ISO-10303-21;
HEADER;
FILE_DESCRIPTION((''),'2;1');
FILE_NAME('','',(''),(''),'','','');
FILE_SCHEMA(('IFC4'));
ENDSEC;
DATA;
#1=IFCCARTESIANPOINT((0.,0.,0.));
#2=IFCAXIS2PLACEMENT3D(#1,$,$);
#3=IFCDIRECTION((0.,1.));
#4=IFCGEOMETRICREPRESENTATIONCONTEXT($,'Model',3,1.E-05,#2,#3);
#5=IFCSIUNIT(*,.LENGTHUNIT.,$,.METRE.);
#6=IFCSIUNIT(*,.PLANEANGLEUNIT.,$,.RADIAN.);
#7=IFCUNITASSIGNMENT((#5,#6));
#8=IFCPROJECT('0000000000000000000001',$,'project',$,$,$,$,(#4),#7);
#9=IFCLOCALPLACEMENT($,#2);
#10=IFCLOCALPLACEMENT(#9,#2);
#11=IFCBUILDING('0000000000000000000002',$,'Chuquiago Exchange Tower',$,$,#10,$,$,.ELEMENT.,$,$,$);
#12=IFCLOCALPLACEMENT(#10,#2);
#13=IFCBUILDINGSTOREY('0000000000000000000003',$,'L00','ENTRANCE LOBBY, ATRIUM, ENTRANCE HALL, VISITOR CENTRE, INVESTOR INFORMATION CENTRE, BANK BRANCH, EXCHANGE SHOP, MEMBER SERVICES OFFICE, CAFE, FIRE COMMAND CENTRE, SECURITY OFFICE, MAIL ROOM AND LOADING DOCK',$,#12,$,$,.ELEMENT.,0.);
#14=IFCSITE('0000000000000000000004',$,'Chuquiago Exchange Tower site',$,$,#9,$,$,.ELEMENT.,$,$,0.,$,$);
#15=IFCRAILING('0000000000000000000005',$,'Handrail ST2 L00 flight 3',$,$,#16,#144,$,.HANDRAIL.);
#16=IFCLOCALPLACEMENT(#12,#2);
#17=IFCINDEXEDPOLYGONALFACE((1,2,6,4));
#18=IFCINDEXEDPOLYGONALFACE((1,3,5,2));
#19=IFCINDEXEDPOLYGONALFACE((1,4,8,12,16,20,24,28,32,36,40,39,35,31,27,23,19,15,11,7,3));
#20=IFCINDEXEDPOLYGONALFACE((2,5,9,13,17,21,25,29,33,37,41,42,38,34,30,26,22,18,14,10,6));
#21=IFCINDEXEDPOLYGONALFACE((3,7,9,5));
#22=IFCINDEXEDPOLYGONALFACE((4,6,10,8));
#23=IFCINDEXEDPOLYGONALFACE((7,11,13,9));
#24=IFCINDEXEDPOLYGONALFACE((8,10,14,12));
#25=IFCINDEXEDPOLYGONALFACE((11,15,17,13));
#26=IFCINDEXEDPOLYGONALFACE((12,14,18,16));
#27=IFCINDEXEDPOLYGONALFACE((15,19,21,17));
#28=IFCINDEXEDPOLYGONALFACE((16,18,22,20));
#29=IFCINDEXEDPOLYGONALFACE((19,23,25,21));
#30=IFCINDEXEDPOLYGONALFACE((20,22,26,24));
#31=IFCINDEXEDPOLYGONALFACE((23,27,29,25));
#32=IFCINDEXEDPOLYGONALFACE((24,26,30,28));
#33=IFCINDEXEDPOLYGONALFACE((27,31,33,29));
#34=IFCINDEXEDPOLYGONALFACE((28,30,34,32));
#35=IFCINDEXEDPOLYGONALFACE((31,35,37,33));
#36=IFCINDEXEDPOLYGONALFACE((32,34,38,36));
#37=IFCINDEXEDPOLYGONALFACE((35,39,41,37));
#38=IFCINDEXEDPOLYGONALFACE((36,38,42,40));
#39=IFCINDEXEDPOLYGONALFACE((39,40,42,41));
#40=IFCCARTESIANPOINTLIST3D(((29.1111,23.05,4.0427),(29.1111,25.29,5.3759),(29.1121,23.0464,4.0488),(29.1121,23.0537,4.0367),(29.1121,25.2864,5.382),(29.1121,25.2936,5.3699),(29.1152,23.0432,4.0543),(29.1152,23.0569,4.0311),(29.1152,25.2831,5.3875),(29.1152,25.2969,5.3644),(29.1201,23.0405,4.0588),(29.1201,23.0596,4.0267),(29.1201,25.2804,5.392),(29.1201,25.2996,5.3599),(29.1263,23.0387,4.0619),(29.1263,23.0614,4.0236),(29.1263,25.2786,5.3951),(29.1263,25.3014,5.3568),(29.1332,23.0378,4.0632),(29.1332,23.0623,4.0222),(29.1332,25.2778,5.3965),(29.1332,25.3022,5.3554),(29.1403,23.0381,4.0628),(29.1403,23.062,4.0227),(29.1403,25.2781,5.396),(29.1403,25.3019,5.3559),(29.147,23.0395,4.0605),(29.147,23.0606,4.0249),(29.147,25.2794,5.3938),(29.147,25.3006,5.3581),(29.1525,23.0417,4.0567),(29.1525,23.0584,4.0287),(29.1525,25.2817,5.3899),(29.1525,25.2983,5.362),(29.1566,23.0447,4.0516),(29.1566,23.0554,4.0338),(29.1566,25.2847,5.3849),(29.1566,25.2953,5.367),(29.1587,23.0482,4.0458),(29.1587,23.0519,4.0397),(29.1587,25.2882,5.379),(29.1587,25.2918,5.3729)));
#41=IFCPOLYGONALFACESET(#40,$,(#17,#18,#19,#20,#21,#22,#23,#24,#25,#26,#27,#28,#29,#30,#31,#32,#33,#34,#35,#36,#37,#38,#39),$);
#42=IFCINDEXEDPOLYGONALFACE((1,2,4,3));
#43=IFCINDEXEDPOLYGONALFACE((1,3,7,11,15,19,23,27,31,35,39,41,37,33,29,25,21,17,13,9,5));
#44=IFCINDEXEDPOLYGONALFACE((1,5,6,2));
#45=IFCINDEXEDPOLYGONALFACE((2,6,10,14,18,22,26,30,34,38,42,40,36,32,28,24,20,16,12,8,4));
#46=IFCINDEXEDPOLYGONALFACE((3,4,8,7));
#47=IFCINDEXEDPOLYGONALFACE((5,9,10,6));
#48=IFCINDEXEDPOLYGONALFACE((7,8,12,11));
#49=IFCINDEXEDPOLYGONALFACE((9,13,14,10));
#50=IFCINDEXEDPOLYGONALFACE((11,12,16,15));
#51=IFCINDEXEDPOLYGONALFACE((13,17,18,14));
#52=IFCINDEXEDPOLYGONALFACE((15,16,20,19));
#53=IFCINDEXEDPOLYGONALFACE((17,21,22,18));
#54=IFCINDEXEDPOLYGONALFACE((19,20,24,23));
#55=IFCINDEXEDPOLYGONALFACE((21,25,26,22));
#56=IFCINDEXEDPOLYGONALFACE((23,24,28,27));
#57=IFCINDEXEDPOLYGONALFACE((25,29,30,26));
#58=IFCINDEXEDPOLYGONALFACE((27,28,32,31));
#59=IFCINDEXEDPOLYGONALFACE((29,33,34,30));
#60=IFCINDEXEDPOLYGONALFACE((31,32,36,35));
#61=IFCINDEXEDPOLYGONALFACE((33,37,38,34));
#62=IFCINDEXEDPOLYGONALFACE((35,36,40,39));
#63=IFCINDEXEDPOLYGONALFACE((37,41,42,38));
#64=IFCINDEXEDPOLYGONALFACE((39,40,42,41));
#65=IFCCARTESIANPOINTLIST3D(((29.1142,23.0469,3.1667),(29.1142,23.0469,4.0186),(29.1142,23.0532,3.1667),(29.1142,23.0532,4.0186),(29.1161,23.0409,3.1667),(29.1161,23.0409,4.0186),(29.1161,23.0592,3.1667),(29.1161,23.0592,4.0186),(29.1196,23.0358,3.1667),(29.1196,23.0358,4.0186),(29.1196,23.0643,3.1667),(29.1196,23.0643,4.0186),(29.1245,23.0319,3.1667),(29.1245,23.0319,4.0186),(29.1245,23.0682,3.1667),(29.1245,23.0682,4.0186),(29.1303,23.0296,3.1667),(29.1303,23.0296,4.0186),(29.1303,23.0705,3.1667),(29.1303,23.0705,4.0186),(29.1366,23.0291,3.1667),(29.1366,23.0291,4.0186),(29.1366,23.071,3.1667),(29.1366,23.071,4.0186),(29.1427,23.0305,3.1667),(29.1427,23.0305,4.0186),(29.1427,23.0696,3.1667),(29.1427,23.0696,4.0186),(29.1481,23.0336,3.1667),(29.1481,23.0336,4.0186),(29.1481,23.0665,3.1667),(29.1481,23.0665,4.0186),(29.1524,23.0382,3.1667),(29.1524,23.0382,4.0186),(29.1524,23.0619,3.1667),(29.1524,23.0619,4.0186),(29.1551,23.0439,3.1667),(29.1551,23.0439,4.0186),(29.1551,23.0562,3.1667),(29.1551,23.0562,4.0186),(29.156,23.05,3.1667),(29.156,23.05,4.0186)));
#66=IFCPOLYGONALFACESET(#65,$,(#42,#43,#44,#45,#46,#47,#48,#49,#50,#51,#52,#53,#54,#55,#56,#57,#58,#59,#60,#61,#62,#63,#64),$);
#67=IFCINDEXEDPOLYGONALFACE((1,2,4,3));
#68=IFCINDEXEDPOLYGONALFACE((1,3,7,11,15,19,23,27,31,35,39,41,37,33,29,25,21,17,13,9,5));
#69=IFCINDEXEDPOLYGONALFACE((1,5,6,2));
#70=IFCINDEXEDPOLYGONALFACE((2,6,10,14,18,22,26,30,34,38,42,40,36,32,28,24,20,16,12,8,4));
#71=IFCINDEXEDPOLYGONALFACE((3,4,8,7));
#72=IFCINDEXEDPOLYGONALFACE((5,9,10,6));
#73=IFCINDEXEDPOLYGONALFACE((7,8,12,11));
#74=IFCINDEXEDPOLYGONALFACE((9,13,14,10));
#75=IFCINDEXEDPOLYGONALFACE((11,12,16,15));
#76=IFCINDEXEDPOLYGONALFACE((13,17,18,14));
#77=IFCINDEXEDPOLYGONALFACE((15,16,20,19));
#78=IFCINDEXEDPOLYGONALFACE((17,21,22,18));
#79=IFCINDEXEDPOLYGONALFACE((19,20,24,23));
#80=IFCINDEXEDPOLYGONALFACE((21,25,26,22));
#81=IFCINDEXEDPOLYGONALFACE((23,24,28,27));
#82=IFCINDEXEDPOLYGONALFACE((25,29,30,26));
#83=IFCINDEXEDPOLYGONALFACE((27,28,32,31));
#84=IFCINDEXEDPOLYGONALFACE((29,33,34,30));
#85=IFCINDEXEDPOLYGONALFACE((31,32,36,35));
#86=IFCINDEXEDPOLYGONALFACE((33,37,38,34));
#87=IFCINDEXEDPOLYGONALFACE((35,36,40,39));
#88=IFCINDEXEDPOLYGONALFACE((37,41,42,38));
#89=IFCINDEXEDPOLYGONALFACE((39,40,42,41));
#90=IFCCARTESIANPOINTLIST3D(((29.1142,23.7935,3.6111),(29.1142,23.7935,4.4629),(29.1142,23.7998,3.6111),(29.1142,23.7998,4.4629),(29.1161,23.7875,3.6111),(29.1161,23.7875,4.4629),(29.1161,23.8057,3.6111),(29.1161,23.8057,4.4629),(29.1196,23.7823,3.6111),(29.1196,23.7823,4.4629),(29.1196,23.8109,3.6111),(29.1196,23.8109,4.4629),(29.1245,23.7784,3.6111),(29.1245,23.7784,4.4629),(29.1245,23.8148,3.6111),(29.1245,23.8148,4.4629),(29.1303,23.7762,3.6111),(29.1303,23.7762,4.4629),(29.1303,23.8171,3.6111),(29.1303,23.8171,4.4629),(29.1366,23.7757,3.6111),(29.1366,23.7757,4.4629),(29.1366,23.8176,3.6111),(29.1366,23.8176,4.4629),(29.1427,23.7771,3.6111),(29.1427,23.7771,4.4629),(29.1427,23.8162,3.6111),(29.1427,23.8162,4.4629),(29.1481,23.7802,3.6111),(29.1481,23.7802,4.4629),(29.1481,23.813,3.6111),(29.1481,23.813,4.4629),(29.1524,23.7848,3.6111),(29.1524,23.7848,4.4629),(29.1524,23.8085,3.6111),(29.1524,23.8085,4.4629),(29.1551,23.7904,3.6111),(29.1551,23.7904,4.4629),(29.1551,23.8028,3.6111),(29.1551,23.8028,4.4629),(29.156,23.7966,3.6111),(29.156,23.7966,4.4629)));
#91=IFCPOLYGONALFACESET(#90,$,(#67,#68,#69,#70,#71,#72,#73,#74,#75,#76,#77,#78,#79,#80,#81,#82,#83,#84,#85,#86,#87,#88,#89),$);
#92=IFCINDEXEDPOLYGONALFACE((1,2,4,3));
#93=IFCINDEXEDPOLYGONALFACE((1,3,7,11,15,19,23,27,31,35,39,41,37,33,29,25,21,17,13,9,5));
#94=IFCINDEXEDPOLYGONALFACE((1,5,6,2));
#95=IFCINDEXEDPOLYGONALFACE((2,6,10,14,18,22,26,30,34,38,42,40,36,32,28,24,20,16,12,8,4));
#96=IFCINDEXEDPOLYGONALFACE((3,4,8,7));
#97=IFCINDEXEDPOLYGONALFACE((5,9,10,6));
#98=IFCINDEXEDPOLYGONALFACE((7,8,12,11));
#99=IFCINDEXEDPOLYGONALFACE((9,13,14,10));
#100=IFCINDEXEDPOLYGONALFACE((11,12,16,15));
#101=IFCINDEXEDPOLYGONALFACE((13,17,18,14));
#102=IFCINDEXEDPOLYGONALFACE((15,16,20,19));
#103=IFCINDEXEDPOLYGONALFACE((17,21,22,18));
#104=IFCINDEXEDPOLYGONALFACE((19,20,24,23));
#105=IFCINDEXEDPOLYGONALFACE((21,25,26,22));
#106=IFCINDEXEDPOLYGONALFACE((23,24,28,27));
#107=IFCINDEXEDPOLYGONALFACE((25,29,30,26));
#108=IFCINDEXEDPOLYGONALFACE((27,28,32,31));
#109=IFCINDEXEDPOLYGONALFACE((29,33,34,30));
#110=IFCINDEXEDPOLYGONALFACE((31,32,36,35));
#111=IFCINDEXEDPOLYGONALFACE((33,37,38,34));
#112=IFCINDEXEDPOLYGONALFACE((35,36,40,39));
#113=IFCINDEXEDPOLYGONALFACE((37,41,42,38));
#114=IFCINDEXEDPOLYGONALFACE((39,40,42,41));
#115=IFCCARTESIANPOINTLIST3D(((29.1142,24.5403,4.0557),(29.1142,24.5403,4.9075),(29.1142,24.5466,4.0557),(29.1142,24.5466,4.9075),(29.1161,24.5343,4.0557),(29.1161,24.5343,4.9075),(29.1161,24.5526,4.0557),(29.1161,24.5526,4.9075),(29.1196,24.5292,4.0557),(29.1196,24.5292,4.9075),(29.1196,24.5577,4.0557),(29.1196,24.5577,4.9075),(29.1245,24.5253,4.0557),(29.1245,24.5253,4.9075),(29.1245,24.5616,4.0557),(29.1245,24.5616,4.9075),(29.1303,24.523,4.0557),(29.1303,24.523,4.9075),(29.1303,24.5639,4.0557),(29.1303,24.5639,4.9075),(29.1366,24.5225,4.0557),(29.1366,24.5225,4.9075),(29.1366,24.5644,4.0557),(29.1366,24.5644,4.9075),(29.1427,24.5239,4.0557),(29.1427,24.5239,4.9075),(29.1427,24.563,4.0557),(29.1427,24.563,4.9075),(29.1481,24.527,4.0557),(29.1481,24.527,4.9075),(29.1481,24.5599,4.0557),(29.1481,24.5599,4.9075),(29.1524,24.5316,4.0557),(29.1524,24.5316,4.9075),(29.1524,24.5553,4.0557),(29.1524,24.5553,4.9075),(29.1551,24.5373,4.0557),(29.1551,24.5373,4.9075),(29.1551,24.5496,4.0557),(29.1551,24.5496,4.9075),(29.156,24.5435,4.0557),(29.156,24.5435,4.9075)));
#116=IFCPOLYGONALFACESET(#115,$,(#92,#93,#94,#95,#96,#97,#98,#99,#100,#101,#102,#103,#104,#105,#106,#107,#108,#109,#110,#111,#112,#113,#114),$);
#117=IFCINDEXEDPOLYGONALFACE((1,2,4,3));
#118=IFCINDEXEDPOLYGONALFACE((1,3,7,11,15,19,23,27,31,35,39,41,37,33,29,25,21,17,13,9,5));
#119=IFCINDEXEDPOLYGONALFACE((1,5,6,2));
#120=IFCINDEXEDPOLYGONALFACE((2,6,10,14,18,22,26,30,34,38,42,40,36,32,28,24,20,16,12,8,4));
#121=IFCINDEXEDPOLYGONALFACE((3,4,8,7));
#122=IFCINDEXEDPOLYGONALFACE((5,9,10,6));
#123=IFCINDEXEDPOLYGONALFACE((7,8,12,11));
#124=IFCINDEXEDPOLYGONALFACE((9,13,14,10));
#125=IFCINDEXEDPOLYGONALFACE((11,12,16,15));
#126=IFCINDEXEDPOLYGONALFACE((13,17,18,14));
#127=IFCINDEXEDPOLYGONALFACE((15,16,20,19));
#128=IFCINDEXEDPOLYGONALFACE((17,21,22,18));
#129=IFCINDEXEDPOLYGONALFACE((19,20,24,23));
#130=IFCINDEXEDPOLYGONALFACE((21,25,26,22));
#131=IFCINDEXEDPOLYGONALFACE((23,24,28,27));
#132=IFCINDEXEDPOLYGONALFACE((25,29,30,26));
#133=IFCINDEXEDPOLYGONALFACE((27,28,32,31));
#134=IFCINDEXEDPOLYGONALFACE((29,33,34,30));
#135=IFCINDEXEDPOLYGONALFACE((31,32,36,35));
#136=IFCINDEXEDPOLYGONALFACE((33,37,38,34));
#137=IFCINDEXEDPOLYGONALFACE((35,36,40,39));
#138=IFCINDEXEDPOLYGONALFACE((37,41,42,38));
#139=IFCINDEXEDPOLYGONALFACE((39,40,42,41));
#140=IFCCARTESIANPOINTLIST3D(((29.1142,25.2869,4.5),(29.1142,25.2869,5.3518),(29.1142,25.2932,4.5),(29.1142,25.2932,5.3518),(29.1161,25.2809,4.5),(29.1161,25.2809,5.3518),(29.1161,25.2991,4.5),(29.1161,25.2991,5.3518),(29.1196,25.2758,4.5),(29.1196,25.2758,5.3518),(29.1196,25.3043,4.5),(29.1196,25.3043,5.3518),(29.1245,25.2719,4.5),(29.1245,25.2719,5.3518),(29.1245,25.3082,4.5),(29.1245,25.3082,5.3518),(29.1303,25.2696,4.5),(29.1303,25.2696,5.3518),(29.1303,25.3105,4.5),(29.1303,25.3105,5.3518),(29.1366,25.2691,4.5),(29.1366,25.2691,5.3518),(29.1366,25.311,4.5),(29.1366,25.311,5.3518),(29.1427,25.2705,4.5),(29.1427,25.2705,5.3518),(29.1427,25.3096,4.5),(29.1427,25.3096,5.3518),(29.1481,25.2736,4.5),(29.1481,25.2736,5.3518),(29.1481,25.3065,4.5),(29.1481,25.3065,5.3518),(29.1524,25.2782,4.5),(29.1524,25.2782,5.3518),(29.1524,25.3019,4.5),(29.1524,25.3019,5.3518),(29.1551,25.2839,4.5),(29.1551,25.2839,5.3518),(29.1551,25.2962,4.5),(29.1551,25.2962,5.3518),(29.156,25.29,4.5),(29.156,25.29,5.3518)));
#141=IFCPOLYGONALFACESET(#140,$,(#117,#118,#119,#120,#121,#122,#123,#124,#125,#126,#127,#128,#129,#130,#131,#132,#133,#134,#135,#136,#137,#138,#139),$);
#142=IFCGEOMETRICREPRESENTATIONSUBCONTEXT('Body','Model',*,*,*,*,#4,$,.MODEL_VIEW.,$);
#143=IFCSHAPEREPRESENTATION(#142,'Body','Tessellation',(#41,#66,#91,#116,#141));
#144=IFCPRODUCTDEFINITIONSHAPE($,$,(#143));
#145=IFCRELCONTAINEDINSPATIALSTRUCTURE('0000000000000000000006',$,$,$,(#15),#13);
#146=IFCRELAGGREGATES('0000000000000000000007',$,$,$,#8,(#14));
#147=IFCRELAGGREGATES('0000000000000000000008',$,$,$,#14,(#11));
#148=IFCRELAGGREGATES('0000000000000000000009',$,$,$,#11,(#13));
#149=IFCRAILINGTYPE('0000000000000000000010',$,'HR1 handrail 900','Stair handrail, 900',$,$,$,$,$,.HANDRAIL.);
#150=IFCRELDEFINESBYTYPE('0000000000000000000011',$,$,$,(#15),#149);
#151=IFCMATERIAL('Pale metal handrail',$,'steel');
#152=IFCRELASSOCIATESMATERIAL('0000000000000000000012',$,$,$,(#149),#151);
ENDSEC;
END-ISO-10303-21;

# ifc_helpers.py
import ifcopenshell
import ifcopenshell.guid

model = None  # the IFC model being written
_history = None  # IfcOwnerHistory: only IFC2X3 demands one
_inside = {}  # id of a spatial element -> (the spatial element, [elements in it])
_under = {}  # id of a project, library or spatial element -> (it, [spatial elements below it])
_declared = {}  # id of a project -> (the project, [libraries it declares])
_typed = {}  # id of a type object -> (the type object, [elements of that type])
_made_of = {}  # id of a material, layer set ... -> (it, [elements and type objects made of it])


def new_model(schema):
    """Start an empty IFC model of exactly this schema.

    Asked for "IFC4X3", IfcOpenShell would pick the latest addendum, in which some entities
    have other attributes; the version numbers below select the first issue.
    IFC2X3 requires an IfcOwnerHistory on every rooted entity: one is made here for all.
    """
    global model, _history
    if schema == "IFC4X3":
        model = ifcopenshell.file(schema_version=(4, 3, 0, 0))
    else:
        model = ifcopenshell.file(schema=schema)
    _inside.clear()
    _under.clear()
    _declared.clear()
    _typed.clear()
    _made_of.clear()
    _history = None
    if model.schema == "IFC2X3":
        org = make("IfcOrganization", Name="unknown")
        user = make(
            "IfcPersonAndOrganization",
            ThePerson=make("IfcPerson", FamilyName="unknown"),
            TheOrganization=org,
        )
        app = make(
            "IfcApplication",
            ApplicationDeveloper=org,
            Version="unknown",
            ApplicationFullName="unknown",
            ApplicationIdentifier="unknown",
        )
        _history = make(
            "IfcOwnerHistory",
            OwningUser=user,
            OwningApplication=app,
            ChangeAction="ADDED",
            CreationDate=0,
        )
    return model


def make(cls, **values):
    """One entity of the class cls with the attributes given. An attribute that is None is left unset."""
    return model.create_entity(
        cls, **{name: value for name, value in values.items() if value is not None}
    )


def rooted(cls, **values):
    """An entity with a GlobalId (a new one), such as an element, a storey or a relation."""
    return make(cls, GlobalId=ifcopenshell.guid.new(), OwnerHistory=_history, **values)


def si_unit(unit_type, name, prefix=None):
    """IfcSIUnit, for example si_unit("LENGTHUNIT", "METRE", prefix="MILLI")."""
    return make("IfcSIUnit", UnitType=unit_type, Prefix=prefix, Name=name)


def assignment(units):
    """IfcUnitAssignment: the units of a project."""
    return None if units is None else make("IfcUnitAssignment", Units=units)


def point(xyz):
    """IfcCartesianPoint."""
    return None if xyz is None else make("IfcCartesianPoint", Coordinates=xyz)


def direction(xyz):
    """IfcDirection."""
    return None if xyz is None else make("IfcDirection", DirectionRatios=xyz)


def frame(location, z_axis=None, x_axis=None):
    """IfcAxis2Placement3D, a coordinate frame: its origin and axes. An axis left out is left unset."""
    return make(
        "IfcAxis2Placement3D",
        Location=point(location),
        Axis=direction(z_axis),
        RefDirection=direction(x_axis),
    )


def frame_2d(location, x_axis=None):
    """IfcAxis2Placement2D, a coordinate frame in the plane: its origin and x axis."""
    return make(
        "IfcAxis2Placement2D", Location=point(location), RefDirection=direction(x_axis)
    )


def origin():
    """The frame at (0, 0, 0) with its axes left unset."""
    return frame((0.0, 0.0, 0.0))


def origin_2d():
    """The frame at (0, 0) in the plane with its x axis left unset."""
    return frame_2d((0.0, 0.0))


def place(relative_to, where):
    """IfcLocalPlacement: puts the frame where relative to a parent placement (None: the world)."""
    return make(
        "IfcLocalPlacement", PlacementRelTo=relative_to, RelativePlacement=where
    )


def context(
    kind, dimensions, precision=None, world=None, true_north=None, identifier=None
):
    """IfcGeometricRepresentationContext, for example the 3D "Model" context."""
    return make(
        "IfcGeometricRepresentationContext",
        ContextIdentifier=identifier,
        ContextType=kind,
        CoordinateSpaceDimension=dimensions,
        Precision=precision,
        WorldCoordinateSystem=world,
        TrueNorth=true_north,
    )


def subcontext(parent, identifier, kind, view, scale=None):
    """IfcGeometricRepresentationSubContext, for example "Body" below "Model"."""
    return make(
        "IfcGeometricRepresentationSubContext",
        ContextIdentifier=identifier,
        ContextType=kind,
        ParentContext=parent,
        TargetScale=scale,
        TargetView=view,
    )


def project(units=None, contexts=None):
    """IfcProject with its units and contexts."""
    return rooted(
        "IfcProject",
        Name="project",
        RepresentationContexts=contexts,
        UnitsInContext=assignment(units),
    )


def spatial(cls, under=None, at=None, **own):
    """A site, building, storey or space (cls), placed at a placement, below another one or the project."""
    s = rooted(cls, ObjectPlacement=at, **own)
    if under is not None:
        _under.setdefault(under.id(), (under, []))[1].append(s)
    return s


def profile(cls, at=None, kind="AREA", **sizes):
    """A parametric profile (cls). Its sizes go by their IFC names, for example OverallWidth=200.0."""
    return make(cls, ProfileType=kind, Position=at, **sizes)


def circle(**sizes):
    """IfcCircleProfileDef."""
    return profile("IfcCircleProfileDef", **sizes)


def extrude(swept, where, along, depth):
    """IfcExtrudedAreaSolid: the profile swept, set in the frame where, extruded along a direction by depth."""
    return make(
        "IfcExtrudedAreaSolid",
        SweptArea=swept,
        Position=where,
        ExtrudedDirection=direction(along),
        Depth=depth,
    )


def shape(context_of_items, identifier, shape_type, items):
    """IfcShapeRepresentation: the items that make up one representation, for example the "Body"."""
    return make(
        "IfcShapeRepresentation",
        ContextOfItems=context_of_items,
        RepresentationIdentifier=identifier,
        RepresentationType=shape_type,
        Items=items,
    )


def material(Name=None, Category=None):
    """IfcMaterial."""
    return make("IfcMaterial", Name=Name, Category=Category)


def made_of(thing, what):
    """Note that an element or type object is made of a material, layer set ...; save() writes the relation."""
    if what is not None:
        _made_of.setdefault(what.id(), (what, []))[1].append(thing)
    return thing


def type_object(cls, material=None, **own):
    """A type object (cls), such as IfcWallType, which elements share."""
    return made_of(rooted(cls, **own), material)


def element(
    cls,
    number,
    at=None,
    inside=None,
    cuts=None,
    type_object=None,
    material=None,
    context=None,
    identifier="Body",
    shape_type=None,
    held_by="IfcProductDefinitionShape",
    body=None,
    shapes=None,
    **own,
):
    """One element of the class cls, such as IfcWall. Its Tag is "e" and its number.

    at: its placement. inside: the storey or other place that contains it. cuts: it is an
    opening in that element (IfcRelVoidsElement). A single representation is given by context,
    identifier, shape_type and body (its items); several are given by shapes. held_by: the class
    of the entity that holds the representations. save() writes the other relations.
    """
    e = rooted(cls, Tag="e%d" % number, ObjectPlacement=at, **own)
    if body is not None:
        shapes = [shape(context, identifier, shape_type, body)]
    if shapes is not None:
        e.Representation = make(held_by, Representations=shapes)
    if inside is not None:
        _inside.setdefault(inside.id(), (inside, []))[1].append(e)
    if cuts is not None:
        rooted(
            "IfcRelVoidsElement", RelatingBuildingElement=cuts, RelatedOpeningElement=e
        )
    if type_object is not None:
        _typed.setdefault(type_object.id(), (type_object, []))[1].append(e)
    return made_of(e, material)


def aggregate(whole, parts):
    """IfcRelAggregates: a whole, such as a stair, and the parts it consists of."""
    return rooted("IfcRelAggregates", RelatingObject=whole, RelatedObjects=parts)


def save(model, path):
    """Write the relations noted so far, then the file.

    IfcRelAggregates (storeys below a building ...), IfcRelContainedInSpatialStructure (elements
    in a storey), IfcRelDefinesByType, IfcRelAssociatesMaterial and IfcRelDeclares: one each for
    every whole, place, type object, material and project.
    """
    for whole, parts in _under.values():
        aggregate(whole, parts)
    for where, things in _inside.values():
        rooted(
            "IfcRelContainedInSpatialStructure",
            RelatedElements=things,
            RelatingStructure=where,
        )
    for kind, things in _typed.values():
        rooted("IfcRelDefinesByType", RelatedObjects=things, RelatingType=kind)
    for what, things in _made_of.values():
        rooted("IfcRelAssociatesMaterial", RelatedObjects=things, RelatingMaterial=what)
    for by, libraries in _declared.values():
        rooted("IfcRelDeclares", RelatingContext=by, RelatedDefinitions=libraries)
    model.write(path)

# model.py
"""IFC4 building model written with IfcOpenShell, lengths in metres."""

from ifc_helpers import new_model, si_unit, direction, frame, origin, origin_2d, place, context, subcontext, project, spatial, circle, extrude, material, type_object, element, save


model = new_model("IFC4")

# Units and contexts
model_context = context("Model", 3, precision=1e-05, world=origin(), true_north=direction((0.0, 1.0)))
body_context = subcontext(model_context, "Body", "Model", "MODEL_VIEW")
ifc_project = project(units=[si_unit("LENGTHUNIT", "METRE"), si_unit("PLANEANGLEUNIT", "RADIAN")], contexts=[model_context])

# Site, building, storey
site_placement = place(None, origin())
site = spatial("IfcSite", under=ifc_project, at=site_placement, Name="Chuquiago Exchange Tower site", CompositionType="ELEMENT", RefElevation=0.0)
building_placement = place(site_placement, origin())
building = spatial("IfcBuilding", under=site, at=building_placement, Name="Chuquiago Exchange Tower", CompositionType="ELEMENT")
storey_placement = place(building_placement, origin())
storey = spatial("IfcBuildingStorey", under=building, at=storey_placement, Name="L00", Description="ENTRANCE LOBBY, ATRIUM, ENTRANCE HALL, VISITOR CENTRE, INVESTOR INFORMATION CENTRE, BANK BRANCH, EXCHANGE SHOP, MEMBER SERVICES OFFICE, CAFE, FIRE COMMAND CENTRE, SECURITY OFFICE, MAIL ROOM AND LOADING DOCK", CompositionType="ELEMENT", Elevation=0.0)

# Railing
ifc_material_1 = material(Name="Pale metal handrail", Category="steel")
railing_type = type_object("IfcRailingType", Name="HR1 handrail 900", Description="Stair handrail, 900", PredefinedType="HANDRAIL", material=ifc_material_1)
for number, where, name in (
    (1, (29.135, 23.05, 3.1667), "Handrail ST2 L00 flight 3"),
):
    element("IfcRailing", number, at=place(storey_placement, frame(where)), inside=storey, type_object=railing_type, Name=name, PredefinedType="HANDRAIL", context=body_context, shape_type="SweptSolid", body=[
        extrude(circle(Radius=0.0239, at=origin_2d()), frame((0.0, 0.0, 0.876), z_axis=(0.0, 0.859306, 0.511462), x_axis=(-1.0, 0.0, 0.0)), (0.0, 0.0, 1.0), 2.6067),
        extrude(circle(Radius=0.021, at=origin_2d()), origin(), (0.0, 0.0, 1.0), 0.8518),
        extrude(circle(Radius=0.021, at=origin_2d()), frame((0.0, 0.7466, 0.4443)), (0.0, 0.0, 1.0), 0.8518),
        extrude(circle(Radius=0.021, at=origin_2d()), frame((0.0, 1.4934, 0.8889)), (0.0, 0.0, 1.0), 0.8518),
        extrude(circle(Radius=0.021, at=origin_2d()), frame((0.0, 2.24, 1.3333)), (0.0, 0.0, 1.0), 0.8518),
    ])

save(model, "model.ifc")
